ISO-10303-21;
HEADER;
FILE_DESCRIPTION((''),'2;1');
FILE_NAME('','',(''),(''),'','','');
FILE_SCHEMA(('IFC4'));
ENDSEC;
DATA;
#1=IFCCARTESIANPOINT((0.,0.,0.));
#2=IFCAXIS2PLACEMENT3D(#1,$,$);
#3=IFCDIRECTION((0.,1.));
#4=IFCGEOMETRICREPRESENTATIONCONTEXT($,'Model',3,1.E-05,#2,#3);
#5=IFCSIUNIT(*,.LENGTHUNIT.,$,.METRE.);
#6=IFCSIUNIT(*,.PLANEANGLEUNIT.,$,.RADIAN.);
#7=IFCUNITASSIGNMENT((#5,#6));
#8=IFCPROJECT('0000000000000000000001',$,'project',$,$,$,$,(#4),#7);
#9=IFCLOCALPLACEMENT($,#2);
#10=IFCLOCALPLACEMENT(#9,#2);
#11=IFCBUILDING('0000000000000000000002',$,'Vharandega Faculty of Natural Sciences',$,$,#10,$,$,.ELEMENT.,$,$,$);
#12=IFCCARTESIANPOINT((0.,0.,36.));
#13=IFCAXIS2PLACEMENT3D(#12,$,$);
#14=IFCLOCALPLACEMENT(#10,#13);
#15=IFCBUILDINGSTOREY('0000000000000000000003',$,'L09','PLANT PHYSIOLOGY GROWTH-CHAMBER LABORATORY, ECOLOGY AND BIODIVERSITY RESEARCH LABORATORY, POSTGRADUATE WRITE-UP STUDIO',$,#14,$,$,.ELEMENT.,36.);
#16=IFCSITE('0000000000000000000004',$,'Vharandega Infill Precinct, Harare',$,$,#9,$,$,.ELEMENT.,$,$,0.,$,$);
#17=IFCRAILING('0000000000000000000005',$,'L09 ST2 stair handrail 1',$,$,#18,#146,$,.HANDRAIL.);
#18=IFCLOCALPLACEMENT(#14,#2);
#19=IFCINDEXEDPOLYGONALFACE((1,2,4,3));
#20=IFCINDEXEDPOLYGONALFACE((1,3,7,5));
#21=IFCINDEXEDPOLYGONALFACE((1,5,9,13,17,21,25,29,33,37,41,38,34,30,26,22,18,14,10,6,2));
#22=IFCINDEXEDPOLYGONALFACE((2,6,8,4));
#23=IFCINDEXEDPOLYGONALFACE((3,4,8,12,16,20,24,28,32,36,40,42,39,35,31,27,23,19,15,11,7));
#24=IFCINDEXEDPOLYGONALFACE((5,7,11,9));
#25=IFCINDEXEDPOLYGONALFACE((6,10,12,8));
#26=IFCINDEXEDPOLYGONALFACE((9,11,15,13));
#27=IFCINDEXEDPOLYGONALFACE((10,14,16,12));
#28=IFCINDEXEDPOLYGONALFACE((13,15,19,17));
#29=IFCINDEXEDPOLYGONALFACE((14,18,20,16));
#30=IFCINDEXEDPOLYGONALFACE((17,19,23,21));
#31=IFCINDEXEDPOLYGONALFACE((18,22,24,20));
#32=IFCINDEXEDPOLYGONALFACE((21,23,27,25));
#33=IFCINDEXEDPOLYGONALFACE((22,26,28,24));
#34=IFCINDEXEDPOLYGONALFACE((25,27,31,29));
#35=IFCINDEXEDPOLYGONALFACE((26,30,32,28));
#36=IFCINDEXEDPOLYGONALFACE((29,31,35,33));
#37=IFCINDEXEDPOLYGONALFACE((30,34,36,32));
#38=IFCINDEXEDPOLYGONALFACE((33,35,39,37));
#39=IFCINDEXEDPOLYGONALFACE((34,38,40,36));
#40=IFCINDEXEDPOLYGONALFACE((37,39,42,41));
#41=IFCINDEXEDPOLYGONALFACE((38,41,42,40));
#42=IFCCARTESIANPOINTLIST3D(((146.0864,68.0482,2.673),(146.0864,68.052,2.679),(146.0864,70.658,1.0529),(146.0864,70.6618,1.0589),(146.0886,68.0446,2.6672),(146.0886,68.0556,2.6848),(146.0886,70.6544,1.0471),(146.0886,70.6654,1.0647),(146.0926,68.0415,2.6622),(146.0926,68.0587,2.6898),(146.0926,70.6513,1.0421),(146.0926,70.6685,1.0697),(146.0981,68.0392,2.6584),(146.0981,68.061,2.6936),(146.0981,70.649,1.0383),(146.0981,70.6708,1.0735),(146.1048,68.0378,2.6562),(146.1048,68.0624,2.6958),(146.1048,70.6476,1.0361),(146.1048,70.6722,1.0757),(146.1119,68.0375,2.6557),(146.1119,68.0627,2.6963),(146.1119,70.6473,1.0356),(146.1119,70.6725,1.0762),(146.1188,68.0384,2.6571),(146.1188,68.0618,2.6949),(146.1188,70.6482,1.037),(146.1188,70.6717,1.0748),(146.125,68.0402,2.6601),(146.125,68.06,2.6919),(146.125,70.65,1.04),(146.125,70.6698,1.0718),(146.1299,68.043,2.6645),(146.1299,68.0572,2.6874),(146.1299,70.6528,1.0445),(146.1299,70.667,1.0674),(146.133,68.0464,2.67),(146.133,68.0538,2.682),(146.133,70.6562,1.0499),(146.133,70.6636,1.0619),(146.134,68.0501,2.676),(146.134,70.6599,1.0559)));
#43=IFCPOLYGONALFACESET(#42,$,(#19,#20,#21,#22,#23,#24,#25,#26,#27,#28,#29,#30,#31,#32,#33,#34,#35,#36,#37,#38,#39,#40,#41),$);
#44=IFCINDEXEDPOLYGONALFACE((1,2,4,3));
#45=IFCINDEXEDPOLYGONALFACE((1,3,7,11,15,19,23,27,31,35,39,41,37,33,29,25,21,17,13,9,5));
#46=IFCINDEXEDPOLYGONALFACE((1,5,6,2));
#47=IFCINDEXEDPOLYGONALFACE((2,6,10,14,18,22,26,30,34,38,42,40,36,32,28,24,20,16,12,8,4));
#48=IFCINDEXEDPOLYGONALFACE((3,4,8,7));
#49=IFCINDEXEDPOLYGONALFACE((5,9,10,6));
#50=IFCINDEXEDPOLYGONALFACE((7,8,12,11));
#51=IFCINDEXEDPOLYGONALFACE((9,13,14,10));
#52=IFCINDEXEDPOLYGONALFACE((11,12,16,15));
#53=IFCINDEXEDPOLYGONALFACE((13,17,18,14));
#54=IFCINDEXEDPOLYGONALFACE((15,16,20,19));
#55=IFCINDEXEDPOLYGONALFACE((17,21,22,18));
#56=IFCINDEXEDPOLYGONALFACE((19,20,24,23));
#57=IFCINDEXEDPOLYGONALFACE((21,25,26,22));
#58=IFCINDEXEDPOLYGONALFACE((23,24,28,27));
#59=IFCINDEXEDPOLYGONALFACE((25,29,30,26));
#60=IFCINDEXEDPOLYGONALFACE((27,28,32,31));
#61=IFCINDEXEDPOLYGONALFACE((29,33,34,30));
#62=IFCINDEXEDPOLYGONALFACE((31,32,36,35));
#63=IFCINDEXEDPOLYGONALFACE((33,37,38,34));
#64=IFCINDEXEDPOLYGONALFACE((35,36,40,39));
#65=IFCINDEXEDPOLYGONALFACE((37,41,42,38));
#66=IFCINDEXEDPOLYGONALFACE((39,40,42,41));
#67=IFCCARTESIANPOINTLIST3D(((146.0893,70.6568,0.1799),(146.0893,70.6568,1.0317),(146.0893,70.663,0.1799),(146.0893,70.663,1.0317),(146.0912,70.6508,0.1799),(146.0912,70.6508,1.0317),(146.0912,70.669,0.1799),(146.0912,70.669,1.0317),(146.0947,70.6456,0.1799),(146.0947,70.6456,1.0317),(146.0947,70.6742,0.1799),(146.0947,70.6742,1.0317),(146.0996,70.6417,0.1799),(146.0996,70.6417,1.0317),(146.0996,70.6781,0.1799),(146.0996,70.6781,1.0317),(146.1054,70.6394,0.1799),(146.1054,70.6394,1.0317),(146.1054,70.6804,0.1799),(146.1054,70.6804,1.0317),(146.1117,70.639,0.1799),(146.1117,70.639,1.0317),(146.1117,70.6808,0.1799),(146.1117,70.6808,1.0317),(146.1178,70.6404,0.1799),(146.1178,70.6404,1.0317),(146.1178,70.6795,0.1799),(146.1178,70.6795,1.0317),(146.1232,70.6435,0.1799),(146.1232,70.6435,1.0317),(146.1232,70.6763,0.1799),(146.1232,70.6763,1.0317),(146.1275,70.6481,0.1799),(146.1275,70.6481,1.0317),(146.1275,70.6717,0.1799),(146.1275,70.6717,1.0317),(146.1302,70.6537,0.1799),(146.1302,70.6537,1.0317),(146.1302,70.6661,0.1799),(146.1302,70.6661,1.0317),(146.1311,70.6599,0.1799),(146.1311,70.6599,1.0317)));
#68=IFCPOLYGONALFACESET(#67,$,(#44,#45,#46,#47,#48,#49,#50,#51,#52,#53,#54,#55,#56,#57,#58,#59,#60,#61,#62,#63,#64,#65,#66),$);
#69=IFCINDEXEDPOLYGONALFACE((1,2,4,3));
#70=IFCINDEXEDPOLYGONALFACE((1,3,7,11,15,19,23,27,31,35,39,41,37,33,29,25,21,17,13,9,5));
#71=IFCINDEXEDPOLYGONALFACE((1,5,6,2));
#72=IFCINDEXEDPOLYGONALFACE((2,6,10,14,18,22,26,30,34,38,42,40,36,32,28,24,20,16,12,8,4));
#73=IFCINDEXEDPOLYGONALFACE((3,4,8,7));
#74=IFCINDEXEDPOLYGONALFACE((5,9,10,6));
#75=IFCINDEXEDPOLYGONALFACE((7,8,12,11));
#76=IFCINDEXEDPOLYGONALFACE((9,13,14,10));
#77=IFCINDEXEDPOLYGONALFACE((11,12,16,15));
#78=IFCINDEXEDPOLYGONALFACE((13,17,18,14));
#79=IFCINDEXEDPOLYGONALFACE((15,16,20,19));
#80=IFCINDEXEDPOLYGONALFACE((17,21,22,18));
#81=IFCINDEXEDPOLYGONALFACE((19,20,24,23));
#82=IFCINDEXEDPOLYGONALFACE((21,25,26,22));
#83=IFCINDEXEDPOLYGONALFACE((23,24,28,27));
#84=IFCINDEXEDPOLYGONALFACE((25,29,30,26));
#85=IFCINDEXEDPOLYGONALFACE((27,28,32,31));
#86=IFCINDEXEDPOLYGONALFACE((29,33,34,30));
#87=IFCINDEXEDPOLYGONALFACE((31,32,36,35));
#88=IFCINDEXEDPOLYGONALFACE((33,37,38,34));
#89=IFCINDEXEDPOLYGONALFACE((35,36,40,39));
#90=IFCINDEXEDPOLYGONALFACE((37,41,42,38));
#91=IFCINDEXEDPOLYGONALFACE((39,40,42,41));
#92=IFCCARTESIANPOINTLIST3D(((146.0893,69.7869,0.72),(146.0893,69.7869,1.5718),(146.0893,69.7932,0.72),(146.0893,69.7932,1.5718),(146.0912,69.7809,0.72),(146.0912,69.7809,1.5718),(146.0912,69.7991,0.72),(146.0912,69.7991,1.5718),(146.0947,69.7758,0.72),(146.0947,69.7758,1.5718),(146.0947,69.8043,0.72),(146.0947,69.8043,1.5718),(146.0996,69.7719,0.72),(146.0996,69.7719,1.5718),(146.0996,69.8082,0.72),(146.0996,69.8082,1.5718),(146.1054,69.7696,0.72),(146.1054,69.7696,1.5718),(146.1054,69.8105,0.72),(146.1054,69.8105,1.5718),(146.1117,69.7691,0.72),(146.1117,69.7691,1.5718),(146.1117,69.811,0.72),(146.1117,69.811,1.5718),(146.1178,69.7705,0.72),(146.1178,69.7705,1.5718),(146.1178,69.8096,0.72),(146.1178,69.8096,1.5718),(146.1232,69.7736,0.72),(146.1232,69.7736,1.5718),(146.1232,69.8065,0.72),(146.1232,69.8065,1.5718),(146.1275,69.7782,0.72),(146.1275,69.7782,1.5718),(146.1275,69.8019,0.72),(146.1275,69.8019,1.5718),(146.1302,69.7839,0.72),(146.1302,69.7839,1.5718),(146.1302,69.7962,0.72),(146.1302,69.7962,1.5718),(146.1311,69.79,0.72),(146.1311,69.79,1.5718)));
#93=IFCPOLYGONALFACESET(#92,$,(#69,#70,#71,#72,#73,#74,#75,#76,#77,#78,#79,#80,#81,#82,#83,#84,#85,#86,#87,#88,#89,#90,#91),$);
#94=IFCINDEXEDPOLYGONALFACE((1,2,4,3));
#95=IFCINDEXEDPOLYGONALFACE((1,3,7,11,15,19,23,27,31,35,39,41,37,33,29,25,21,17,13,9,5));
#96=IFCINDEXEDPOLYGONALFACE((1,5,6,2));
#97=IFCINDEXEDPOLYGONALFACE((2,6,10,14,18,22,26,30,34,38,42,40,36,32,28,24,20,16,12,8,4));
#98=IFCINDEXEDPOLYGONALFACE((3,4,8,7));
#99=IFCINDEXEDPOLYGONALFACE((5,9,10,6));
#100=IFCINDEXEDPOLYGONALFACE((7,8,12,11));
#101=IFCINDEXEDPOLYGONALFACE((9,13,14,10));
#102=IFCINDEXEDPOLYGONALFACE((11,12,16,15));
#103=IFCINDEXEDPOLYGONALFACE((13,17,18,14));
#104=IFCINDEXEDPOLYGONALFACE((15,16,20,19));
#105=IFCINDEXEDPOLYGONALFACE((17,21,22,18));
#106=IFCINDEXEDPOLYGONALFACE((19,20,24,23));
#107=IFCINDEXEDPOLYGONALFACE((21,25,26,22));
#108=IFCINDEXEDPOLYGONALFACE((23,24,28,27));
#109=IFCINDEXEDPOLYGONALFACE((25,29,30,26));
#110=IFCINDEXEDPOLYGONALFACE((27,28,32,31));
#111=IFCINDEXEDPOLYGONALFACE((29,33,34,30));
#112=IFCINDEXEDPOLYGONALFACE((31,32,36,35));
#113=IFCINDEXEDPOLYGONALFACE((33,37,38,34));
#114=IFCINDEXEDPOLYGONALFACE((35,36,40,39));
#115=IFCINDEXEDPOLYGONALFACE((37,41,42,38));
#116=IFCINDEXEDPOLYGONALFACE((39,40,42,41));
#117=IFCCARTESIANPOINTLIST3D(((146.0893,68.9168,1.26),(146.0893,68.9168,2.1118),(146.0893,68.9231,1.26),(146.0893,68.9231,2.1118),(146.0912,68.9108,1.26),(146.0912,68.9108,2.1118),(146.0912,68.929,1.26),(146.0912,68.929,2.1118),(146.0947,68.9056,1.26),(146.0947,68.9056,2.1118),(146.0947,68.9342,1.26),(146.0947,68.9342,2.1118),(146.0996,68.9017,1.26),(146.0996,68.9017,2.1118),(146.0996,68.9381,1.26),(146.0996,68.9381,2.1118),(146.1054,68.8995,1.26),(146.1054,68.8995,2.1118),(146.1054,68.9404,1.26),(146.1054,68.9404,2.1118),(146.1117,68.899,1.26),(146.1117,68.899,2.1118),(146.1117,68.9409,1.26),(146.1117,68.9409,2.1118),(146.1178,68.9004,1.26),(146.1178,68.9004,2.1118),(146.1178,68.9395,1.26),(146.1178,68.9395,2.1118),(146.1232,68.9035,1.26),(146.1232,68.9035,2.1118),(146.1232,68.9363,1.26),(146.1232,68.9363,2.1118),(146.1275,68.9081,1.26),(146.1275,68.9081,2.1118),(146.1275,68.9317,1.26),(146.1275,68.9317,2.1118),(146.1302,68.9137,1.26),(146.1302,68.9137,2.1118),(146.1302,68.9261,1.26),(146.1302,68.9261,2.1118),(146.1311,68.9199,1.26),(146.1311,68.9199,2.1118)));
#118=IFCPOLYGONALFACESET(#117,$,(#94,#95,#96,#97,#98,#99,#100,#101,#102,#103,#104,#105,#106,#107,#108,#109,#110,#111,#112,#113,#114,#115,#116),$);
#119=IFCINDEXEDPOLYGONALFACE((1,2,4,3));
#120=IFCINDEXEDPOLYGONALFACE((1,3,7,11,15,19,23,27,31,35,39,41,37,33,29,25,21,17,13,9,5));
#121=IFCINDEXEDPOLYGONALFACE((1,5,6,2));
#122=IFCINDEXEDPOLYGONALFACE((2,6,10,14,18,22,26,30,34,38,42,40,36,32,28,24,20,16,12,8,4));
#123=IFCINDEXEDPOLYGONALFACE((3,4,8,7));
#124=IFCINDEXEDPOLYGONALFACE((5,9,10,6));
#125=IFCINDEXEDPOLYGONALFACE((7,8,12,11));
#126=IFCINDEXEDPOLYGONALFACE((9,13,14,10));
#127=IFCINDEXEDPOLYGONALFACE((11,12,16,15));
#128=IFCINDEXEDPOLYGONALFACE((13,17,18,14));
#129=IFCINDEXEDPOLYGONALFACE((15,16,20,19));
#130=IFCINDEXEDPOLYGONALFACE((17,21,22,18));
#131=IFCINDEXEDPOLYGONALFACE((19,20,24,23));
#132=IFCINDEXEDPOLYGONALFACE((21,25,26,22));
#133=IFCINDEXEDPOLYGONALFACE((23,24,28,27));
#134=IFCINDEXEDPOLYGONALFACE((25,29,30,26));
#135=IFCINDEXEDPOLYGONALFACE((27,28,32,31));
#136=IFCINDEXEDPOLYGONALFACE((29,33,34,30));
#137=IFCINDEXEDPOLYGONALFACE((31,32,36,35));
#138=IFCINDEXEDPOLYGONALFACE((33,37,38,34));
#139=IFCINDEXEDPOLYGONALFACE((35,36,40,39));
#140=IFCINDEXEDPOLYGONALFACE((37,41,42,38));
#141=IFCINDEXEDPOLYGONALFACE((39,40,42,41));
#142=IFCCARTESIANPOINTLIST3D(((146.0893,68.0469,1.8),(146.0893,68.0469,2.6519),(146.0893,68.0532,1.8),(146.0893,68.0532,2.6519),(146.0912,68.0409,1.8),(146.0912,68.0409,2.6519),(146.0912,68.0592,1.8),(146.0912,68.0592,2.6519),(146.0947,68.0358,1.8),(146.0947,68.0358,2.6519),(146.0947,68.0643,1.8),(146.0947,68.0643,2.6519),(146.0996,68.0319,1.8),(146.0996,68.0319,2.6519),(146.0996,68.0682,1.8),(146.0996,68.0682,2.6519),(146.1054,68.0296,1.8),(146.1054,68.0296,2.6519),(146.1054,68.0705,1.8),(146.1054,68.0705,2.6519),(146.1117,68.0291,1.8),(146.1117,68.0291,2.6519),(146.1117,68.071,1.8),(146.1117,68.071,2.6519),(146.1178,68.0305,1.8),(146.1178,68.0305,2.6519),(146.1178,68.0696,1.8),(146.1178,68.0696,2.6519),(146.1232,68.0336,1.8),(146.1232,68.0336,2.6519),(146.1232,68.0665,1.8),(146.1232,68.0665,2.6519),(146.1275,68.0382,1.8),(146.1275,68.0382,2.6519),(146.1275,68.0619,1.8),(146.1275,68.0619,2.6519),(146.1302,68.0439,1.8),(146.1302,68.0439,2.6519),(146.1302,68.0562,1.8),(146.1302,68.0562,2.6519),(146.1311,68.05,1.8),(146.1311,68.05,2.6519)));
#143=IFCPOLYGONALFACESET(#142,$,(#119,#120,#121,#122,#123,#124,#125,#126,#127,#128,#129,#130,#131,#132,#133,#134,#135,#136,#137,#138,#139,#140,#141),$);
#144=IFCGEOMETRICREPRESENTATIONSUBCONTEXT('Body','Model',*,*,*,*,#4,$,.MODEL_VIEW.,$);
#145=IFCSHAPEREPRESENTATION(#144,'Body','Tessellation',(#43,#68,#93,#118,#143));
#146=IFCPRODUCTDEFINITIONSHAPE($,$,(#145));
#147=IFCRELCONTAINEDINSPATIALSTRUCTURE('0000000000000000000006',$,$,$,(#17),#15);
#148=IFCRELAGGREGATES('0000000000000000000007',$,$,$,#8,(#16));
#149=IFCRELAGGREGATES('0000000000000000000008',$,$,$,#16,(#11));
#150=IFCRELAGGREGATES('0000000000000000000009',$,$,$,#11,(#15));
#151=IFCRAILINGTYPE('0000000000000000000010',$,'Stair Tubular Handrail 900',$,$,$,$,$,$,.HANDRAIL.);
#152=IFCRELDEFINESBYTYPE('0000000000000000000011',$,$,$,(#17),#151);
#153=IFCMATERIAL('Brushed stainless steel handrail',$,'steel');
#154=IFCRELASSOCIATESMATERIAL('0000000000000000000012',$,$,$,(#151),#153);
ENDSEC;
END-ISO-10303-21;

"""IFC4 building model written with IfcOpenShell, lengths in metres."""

from ifc_helpers import new_model, si_unit, direction, frame, origin, origin_2d, place, context, subcontext, project, spatial, circle, extrude, material, type_object, element, save


model = new_model("IFC4")

# Units and contexts
model_context = context("Model", 3, precision=1e-05, world=origin(), true_north=direction((0.0, 1.0)))
body_context = subcontext(model_context, "Body", "Model", "MODEL_VIEW")
ifc_project = project(units=[si_unit("LENGTHUNIT", "METRE"), si_unit("PLANEANGLEUNIT", "RADIAN")], contexts=[model_context])

# Site, building, storey
site_placement = place(None, origin())
site = spatial("IfcSite", under=ifc_project, at=site_placement, Name="Vharandega Infill Precinct, Harare", CompositionType="ELEMENT", RefElevation=0.0)
building_placement = place(site_placement, origin())
building = spatial("IfcBuilding", under=site, at=building_placement, Name="Vharandega Faculty of Natural Sciences", CompositionType="ELEMENT")
storey_placement = place(building_placement, frame((0.0, 0.0, 36.0)))
storey = spatial("IfcBuildingStorey", under=building, at=storey_placement, Name="L09", Description="PLANT PHYSIOLOGY GROWTH-CHAMBER LABORATORY, ECOLOGY AND BIODIVERSITY RESEARCH LABORATORY, POSTGRADUATE WRITE-UP STUDIO", CompositionType="ELEMENT", Elevation=36.0)

# Railing
ifc_material_1 = material(Name="Brushed stainless steel handrail", Category="steel")
railing_type_1 = type_object("IfcRailingType", Name="Stair Tubular Handrail 900", PredefinedType="HANDRAIL", material=ifc_material_1)
railing_1_placement = place(storey_placement, frame((146.1101, 70.6599, 0.1799)))
element("IfcRailing", 1, at=railing_1_placement, inside=storey, type_object=railing_type_1, Name="L09 ST2 stair handrail 1", PredefinedType="HANDRAIL", context=body_context, shape_type="SweptSolid", body=[
    extrude(circle(Radius=0.0239, at=origin_2d()), frame((0.0, 0.0, 0.876), z_axis=(0.0, -0.849611, 0.52741), x_axis=(1.0, 0.0, 0.0)), (0.0, 0.0, 1.0), 3.0718),
    extrude(circle(Radius=0.021, at=origin_2d()), origin(), (0.0, 0.0, 1.0), 0.8518),
    extrude(circle(Radius=0.021, at=origin_2d()), frame((0.0, -0.8699, 0.54)), (0.0, 0.0, 1.0), 0.8518),
    extrude(circle(Radius=0.021, at=origin_2d()), frame((0.0, -1.74, 1.0801)), (0.0, 0.0, 1.0), 0.8518),
    extrude(circle(Radius=0.021, at=origin_2d()), frame((0.0, -2.6099, 1.6201)), (0.0, 0.0, 1.0), 0.8518),
])

save(model, "model.ifc")
